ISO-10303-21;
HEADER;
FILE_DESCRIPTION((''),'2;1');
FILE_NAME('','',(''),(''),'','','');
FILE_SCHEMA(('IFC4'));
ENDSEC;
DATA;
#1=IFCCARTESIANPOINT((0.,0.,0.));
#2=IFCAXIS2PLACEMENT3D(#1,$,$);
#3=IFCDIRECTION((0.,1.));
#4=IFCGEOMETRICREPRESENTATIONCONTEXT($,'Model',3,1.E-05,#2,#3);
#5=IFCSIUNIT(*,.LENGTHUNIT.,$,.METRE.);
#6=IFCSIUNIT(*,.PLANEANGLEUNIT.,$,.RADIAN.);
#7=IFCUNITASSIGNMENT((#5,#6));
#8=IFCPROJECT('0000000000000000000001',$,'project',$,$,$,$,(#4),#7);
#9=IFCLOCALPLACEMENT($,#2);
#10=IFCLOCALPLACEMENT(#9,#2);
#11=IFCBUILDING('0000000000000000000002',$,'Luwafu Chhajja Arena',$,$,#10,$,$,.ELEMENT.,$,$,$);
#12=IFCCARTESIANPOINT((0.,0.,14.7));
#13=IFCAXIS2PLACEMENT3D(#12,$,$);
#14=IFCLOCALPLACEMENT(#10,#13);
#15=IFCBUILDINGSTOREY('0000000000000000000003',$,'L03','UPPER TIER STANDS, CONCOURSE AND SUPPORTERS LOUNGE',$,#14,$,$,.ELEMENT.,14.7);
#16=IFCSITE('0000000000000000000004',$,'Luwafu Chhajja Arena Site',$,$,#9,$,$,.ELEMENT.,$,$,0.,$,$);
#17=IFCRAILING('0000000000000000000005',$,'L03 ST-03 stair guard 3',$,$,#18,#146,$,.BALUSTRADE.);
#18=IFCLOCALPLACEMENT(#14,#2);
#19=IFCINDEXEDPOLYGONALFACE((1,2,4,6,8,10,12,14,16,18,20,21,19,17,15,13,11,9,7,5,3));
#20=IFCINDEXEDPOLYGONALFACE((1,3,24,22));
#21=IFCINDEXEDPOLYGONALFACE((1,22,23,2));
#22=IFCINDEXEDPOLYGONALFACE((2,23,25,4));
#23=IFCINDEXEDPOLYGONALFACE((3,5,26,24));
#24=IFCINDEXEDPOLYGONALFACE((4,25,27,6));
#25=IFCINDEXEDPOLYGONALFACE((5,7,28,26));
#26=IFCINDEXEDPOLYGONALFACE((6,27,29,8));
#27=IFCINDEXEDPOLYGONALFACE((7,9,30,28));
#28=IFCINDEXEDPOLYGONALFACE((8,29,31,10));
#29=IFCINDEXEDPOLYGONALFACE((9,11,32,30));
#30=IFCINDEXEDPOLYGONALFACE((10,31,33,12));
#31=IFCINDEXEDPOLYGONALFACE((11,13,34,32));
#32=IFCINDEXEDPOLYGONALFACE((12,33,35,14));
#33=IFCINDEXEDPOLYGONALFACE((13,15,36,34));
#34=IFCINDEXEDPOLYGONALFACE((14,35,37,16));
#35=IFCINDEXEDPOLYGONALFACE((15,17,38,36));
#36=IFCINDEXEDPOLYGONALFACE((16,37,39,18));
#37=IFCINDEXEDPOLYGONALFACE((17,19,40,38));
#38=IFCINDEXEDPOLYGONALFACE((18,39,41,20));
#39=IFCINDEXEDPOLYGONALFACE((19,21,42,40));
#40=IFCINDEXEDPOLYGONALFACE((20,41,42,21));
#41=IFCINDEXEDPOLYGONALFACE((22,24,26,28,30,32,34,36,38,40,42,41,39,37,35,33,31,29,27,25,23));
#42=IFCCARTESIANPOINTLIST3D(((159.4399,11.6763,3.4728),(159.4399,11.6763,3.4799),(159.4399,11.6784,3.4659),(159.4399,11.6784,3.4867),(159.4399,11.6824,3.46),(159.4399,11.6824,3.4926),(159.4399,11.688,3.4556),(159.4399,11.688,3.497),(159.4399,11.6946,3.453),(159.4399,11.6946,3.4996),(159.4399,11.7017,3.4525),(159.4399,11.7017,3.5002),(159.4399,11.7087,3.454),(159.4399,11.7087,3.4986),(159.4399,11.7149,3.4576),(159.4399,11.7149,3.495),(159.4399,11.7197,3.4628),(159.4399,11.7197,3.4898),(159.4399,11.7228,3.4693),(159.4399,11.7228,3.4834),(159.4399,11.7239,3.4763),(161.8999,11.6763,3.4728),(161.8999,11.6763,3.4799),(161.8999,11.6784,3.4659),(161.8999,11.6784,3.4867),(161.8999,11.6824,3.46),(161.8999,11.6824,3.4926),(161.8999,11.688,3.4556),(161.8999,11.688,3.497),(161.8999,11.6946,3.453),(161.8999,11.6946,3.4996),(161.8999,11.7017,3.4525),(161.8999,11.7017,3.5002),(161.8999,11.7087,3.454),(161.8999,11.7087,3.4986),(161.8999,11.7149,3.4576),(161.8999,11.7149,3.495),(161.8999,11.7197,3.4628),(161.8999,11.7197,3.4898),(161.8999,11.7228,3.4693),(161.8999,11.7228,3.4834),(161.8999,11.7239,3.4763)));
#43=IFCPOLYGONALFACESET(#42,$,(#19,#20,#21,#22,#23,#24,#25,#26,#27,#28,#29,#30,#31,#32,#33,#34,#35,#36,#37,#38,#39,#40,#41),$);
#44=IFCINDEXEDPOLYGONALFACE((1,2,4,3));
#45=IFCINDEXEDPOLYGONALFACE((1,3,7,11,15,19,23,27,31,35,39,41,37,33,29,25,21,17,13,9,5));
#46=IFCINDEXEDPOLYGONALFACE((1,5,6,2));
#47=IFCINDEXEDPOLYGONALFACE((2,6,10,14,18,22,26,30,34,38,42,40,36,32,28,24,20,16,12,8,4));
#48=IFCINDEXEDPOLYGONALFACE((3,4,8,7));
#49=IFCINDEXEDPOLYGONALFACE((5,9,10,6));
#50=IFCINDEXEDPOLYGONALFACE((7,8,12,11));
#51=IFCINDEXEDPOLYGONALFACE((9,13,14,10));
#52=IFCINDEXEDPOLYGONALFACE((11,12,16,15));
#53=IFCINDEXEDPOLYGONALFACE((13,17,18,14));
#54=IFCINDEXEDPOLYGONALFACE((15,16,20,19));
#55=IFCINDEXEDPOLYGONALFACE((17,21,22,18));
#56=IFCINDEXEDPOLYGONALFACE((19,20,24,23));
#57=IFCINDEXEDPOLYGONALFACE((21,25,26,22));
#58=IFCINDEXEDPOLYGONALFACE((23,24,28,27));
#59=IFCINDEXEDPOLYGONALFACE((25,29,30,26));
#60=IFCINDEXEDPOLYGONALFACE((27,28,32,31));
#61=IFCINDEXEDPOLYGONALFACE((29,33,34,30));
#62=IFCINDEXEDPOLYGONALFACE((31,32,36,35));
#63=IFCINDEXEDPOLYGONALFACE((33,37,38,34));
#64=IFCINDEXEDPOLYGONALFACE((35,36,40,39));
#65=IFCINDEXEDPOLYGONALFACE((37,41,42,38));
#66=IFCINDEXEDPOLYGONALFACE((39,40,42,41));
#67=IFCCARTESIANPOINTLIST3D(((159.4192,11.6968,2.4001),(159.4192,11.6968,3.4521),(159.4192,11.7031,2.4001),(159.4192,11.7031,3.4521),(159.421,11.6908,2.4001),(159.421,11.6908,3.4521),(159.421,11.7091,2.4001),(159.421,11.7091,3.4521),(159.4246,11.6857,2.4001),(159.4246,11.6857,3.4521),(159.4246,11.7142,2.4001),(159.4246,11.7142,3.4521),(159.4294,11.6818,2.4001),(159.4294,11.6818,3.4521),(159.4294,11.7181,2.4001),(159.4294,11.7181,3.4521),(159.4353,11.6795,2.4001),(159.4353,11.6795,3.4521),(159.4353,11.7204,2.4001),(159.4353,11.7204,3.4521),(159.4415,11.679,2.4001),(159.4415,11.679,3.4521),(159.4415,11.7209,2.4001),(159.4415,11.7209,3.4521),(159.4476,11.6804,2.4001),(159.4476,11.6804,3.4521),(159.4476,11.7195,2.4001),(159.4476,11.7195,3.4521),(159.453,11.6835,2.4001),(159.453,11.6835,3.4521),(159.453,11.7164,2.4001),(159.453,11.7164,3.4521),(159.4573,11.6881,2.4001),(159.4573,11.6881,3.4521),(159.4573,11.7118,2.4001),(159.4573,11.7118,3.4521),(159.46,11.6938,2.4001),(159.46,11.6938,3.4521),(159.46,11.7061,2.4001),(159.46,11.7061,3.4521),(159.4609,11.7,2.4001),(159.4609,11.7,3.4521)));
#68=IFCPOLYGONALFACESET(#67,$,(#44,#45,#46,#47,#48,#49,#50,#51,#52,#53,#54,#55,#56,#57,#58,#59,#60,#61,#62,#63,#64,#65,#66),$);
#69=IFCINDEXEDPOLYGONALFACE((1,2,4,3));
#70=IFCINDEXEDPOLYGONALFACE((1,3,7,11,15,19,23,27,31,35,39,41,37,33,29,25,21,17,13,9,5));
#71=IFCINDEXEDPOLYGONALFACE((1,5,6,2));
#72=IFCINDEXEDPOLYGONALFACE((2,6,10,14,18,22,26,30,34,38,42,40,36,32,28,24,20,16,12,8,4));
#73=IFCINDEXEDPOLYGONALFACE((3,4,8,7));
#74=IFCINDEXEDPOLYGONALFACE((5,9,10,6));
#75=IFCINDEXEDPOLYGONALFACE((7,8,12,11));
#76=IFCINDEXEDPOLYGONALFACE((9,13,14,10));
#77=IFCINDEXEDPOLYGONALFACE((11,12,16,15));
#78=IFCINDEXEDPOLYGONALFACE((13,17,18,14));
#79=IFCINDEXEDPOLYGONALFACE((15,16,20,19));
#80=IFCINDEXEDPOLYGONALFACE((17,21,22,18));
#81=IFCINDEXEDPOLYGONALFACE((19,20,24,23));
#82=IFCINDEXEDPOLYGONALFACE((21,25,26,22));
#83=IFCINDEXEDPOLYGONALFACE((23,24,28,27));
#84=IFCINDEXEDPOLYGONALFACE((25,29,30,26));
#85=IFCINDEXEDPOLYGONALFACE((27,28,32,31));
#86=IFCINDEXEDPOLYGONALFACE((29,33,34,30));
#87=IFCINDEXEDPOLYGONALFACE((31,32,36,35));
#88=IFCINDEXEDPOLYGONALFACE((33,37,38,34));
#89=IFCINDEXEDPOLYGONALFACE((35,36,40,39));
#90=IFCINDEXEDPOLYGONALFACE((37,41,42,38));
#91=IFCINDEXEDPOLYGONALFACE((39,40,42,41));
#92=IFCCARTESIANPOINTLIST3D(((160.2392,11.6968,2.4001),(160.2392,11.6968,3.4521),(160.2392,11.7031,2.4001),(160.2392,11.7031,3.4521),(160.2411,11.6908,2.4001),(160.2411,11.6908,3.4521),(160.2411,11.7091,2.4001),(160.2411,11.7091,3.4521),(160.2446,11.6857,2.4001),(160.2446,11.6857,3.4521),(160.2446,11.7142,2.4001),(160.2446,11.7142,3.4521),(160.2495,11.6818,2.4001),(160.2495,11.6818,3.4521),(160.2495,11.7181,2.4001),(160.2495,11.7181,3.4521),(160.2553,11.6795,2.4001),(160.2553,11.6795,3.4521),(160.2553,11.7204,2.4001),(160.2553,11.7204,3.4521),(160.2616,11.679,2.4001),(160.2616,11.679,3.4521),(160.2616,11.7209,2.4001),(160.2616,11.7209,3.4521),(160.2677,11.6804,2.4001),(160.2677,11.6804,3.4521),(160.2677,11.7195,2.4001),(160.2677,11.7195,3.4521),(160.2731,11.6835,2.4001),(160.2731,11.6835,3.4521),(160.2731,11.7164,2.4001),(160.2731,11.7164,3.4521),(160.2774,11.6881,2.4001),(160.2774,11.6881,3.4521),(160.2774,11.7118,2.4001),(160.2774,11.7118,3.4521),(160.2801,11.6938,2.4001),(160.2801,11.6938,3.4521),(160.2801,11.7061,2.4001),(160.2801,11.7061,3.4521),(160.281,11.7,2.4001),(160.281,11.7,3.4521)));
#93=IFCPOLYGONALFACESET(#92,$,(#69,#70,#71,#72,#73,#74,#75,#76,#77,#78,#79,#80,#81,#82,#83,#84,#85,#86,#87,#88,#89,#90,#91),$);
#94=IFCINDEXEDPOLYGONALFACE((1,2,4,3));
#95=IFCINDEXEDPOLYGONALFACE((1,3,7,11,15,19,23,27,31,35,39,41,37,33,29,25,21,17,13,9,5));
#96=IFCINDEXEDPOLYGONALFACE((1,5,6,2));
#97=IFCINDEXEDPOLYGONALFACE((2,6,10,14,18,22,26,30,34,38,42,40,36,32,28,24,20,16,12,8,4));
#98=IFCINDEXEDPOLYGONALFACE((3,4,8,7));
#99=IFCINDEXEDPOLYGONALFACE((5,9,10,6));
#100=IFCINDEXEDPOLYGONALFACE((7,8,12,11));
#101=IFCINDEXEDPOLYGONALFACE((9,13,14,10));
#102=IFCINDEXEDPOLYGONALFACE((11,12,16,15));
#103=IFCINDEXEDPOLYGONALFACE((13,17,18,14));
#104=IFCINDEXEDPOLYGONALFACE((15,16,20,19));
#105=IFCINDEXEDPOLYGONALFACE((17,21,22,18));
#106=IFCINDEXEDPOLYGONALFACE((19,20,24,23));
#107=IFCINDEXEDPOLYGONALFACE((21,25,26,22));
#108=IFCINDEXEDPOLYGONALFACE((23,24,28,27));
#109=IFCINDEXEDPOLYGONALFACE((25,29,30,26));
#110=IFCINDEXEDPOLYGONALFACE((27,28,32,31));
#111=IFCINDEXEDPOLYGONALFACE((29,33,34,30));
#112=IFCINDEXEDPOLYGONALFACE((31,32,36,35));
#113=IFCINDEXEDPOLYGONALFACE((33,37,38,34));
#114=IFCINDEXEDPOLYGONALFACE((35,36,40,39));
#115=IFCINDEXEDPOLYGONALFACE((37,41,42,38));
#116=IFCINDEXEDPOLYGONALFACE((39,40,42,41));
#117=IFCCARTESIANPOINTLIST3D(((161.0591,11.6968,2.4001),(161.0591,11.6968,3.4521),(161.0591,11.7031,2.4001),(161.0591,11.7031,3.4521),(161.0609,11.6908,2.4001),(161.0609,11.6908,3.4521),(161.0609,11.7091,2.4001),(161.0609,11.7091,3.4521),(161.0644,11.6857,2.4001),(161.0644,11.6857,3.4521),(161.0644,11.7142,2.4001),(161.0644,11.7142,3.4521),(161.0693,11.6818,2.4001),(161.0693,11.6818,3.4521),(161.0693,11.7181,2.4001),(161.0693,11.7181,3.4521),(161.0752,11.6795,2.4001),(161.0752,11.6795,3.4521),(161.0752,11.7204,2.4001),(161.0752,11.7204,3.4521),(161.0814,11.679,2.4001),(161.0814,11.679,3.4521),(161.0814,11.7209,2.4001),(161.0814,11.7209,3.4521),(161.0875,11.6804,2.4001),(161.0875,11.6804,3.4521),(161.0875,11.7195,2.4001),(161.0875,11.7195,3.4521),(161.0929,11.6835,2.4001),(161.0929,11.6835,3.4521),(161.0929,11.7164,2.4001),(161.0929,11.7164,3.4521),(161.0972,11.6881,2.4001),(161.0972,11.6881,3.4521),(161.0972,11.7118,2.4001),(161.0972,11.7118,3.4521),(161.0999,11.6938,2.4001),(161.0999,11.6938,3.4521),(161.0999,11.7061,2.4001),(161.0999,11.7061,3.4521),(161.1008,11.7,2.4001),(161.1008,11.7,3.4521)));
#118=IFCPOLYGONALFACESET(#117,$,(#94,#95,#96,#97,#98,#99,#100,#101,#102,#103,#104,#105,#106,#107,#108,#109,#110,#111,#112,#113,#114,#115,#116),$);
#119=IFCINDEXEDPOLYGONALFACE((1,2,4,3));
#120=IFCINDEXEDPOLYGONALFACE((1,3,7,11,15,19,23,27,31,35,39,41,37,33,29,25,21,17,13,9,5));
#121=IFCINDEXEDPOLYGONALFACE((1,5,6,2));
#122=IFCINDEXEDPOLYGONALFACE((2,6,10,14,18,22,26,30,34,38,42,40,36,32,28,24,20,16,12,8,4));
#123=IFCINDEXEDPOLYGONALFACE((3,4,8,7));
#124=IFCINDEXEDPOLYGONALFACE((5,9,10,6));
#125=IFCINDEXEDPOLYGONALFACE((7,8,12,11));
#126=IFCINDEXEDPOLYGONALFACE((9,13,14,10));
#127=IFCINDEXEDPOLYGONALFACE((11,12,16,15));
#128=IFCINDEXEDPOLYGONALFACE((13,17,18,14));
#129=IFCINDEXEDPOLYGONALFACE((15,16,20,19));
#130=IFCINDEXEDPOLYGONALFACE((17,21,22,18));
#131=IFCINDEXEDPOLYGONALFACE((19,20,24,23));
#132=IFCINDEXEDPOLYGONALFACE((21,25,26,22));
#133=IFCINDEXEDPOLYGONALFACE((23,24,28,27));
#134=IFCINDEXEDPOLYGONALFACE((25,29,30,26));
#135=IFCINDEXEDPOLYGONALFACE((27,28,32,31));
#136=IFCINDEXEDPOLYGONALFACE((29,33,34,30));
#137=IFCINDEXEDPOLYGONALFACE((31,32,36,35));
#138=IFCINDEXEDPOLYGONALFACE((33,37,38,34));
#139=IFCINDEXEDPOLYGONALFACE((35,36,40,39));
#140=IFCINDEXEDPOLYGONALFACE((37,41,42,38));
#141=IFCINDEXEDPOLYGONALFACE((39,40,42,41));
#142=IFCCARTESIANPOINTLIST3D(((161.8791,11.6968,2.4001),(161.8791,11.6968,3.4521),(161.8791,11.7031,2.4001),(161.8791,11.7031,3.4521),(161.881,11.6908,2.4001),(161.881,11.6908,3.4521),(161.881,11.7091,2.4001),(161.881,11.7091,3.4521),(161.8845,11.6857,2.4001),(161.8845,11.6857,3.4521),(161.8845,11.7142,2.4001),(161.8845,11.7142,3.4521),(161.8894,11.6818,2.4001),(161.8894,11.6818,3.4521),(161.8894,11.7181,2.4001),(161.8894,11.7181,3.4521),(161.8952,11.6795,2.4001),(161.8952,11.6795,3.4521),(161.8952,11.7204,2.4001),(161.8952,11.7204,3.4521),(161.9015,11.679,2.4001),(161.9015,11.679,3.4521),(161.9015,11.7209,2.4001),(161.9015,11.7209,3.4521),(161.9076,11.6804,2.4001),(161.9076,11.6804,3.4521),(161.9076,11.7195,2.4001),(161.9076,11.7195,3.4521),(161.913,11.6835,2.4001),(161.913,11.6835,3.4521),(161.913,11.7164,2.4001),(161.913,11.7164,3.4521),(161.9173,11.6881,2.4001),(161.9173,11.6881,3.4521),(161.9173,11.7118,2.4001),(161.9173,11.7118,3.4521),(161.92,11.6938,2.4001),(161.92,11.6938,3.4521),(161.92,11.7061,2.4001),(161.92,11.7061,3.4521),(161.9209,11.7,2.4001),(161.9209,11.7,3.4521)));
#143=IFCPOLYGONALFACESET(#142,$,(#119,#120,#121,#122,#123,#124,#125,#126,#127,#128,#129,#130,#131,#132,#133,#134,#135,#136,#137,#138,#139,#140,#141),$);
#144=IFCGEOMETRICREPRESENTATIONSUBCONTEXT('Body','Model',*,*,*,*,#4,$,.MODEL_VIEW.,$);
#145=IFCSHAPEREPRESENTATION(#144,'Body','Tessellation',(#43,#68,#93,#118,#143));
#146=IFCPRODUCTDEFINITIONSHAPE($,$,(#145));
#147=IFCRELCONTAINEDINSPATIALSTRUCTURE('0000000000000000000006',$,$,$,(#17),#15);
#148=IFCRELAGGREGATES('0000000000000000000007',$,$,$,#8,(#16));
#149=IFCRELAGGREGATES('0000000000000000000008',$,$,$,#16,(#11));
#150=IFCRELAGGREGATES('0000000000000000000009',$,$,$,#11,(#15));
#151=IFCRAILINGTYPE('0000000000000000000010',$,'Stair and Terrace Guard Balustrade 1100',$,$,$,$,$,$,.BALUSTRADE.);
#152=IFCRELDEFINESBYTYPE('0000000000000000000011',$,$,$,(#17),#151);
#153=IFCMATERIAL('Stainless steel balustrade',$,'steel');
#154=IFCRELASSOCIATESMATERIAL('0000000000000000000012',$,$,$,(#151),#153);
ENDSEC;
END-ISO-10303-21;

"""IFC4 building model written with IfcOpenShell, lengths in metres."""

from ifc_helpers import new_model, si_unit, direction, frame, origin, origin_2d, place, context, subcontext, project, spatial, circle, extrude, material, type_object, element, save


model = new_model("IFC4")

# Units and contexts
model_context = context("Model", 3, precision=1e-05, world=origin(), true_north=direction((0.0, 1.0)))
body_context = subcontext(model_context, "Body", "Model", "MODEL_VIEW")
ifc_project = project(units=[si_unit("LENGTHUNIT", "METRE"), si_unit("PLANEANGLEUNIT", "RADIAN")], contexts=[model_context])

# Site, building, storey
site_placement = place(None, origin())
site = spatial("IfcSite", under=ifc_project, at=site_placement, Name="Luwafu Chhajja Arena Site", CompositionType="ELEMENT", RefElevation=0.0)
building_placement = place(site_placement, origin())
building = spatial("IfcBuilding", under=site, at=building_placement, Name="Luwafu Chhajja Arena", CompositionType="ELEMENT")
storey_placement = place(building_placement, frame((0.0, 0.0, 14.7)))
storey = spatial("IfcBuildingStorey", under=building, at=storey_placement, Name="L03", Description="UPPER TIER STANDS, CONCOURSE AND SUPPORTERS LOUNGE", CompositionType="ELEMENT", Elevation=14.7)

# Railing
ifc_material_1 = material(Name="Stainless steel balustrade", Category="steel")
railing_type_1 = type_object("IfcRailingType", Name="Stair and Terrace Guard Balustrade 1100", PredefinedType="BALUSTRADE", material=ifc_material_1)
for number, where, name in (
    (1, (159.4399, 11.7, 2.4001), "L03 ST-03 stair guard 3"),
):
    element("IfcRailing", number, at=place(storey_placement, frame(where)), inside=storey, type_object=railing_type_1, Name=name, PredefinedType="BALUSTRADE", context=body_context, shape_type="SweptSolid", body=[
        extrude(circle(Radius=0.0239, at=origin_2d()), frame((0.0, 0.0, 1.0762), z_axis=(1.0, 0.0, 0.0), x_axis=(0.0, 1.0, 0.0)), (0.0, 0.0, 1.0), 2.46),
        extrude(circle(Radius=0.021, at=origin_2d()), origin(), (0.0, 0.0, 1.0), 1.052),
        extrude(circle(Radius=0.021, at=origin_2d()), frame((0.8201, 0.0, 0.0)), (0.0, 0.0, 1.0), 1.052),
        extrude(circle(Radius=0.021, at=origin_2d()), frame((1.6399, 0.0, 0.0)), (0.0, 0.0, 1.0), 1.052),
        extrude(circle(Radius=0.021, at=origin_2d()), frame((2.46, 0.0, 0.0)), (0.0, 0.0, 1.0), 1.052),
    ])

save(model, "model.ifc")
